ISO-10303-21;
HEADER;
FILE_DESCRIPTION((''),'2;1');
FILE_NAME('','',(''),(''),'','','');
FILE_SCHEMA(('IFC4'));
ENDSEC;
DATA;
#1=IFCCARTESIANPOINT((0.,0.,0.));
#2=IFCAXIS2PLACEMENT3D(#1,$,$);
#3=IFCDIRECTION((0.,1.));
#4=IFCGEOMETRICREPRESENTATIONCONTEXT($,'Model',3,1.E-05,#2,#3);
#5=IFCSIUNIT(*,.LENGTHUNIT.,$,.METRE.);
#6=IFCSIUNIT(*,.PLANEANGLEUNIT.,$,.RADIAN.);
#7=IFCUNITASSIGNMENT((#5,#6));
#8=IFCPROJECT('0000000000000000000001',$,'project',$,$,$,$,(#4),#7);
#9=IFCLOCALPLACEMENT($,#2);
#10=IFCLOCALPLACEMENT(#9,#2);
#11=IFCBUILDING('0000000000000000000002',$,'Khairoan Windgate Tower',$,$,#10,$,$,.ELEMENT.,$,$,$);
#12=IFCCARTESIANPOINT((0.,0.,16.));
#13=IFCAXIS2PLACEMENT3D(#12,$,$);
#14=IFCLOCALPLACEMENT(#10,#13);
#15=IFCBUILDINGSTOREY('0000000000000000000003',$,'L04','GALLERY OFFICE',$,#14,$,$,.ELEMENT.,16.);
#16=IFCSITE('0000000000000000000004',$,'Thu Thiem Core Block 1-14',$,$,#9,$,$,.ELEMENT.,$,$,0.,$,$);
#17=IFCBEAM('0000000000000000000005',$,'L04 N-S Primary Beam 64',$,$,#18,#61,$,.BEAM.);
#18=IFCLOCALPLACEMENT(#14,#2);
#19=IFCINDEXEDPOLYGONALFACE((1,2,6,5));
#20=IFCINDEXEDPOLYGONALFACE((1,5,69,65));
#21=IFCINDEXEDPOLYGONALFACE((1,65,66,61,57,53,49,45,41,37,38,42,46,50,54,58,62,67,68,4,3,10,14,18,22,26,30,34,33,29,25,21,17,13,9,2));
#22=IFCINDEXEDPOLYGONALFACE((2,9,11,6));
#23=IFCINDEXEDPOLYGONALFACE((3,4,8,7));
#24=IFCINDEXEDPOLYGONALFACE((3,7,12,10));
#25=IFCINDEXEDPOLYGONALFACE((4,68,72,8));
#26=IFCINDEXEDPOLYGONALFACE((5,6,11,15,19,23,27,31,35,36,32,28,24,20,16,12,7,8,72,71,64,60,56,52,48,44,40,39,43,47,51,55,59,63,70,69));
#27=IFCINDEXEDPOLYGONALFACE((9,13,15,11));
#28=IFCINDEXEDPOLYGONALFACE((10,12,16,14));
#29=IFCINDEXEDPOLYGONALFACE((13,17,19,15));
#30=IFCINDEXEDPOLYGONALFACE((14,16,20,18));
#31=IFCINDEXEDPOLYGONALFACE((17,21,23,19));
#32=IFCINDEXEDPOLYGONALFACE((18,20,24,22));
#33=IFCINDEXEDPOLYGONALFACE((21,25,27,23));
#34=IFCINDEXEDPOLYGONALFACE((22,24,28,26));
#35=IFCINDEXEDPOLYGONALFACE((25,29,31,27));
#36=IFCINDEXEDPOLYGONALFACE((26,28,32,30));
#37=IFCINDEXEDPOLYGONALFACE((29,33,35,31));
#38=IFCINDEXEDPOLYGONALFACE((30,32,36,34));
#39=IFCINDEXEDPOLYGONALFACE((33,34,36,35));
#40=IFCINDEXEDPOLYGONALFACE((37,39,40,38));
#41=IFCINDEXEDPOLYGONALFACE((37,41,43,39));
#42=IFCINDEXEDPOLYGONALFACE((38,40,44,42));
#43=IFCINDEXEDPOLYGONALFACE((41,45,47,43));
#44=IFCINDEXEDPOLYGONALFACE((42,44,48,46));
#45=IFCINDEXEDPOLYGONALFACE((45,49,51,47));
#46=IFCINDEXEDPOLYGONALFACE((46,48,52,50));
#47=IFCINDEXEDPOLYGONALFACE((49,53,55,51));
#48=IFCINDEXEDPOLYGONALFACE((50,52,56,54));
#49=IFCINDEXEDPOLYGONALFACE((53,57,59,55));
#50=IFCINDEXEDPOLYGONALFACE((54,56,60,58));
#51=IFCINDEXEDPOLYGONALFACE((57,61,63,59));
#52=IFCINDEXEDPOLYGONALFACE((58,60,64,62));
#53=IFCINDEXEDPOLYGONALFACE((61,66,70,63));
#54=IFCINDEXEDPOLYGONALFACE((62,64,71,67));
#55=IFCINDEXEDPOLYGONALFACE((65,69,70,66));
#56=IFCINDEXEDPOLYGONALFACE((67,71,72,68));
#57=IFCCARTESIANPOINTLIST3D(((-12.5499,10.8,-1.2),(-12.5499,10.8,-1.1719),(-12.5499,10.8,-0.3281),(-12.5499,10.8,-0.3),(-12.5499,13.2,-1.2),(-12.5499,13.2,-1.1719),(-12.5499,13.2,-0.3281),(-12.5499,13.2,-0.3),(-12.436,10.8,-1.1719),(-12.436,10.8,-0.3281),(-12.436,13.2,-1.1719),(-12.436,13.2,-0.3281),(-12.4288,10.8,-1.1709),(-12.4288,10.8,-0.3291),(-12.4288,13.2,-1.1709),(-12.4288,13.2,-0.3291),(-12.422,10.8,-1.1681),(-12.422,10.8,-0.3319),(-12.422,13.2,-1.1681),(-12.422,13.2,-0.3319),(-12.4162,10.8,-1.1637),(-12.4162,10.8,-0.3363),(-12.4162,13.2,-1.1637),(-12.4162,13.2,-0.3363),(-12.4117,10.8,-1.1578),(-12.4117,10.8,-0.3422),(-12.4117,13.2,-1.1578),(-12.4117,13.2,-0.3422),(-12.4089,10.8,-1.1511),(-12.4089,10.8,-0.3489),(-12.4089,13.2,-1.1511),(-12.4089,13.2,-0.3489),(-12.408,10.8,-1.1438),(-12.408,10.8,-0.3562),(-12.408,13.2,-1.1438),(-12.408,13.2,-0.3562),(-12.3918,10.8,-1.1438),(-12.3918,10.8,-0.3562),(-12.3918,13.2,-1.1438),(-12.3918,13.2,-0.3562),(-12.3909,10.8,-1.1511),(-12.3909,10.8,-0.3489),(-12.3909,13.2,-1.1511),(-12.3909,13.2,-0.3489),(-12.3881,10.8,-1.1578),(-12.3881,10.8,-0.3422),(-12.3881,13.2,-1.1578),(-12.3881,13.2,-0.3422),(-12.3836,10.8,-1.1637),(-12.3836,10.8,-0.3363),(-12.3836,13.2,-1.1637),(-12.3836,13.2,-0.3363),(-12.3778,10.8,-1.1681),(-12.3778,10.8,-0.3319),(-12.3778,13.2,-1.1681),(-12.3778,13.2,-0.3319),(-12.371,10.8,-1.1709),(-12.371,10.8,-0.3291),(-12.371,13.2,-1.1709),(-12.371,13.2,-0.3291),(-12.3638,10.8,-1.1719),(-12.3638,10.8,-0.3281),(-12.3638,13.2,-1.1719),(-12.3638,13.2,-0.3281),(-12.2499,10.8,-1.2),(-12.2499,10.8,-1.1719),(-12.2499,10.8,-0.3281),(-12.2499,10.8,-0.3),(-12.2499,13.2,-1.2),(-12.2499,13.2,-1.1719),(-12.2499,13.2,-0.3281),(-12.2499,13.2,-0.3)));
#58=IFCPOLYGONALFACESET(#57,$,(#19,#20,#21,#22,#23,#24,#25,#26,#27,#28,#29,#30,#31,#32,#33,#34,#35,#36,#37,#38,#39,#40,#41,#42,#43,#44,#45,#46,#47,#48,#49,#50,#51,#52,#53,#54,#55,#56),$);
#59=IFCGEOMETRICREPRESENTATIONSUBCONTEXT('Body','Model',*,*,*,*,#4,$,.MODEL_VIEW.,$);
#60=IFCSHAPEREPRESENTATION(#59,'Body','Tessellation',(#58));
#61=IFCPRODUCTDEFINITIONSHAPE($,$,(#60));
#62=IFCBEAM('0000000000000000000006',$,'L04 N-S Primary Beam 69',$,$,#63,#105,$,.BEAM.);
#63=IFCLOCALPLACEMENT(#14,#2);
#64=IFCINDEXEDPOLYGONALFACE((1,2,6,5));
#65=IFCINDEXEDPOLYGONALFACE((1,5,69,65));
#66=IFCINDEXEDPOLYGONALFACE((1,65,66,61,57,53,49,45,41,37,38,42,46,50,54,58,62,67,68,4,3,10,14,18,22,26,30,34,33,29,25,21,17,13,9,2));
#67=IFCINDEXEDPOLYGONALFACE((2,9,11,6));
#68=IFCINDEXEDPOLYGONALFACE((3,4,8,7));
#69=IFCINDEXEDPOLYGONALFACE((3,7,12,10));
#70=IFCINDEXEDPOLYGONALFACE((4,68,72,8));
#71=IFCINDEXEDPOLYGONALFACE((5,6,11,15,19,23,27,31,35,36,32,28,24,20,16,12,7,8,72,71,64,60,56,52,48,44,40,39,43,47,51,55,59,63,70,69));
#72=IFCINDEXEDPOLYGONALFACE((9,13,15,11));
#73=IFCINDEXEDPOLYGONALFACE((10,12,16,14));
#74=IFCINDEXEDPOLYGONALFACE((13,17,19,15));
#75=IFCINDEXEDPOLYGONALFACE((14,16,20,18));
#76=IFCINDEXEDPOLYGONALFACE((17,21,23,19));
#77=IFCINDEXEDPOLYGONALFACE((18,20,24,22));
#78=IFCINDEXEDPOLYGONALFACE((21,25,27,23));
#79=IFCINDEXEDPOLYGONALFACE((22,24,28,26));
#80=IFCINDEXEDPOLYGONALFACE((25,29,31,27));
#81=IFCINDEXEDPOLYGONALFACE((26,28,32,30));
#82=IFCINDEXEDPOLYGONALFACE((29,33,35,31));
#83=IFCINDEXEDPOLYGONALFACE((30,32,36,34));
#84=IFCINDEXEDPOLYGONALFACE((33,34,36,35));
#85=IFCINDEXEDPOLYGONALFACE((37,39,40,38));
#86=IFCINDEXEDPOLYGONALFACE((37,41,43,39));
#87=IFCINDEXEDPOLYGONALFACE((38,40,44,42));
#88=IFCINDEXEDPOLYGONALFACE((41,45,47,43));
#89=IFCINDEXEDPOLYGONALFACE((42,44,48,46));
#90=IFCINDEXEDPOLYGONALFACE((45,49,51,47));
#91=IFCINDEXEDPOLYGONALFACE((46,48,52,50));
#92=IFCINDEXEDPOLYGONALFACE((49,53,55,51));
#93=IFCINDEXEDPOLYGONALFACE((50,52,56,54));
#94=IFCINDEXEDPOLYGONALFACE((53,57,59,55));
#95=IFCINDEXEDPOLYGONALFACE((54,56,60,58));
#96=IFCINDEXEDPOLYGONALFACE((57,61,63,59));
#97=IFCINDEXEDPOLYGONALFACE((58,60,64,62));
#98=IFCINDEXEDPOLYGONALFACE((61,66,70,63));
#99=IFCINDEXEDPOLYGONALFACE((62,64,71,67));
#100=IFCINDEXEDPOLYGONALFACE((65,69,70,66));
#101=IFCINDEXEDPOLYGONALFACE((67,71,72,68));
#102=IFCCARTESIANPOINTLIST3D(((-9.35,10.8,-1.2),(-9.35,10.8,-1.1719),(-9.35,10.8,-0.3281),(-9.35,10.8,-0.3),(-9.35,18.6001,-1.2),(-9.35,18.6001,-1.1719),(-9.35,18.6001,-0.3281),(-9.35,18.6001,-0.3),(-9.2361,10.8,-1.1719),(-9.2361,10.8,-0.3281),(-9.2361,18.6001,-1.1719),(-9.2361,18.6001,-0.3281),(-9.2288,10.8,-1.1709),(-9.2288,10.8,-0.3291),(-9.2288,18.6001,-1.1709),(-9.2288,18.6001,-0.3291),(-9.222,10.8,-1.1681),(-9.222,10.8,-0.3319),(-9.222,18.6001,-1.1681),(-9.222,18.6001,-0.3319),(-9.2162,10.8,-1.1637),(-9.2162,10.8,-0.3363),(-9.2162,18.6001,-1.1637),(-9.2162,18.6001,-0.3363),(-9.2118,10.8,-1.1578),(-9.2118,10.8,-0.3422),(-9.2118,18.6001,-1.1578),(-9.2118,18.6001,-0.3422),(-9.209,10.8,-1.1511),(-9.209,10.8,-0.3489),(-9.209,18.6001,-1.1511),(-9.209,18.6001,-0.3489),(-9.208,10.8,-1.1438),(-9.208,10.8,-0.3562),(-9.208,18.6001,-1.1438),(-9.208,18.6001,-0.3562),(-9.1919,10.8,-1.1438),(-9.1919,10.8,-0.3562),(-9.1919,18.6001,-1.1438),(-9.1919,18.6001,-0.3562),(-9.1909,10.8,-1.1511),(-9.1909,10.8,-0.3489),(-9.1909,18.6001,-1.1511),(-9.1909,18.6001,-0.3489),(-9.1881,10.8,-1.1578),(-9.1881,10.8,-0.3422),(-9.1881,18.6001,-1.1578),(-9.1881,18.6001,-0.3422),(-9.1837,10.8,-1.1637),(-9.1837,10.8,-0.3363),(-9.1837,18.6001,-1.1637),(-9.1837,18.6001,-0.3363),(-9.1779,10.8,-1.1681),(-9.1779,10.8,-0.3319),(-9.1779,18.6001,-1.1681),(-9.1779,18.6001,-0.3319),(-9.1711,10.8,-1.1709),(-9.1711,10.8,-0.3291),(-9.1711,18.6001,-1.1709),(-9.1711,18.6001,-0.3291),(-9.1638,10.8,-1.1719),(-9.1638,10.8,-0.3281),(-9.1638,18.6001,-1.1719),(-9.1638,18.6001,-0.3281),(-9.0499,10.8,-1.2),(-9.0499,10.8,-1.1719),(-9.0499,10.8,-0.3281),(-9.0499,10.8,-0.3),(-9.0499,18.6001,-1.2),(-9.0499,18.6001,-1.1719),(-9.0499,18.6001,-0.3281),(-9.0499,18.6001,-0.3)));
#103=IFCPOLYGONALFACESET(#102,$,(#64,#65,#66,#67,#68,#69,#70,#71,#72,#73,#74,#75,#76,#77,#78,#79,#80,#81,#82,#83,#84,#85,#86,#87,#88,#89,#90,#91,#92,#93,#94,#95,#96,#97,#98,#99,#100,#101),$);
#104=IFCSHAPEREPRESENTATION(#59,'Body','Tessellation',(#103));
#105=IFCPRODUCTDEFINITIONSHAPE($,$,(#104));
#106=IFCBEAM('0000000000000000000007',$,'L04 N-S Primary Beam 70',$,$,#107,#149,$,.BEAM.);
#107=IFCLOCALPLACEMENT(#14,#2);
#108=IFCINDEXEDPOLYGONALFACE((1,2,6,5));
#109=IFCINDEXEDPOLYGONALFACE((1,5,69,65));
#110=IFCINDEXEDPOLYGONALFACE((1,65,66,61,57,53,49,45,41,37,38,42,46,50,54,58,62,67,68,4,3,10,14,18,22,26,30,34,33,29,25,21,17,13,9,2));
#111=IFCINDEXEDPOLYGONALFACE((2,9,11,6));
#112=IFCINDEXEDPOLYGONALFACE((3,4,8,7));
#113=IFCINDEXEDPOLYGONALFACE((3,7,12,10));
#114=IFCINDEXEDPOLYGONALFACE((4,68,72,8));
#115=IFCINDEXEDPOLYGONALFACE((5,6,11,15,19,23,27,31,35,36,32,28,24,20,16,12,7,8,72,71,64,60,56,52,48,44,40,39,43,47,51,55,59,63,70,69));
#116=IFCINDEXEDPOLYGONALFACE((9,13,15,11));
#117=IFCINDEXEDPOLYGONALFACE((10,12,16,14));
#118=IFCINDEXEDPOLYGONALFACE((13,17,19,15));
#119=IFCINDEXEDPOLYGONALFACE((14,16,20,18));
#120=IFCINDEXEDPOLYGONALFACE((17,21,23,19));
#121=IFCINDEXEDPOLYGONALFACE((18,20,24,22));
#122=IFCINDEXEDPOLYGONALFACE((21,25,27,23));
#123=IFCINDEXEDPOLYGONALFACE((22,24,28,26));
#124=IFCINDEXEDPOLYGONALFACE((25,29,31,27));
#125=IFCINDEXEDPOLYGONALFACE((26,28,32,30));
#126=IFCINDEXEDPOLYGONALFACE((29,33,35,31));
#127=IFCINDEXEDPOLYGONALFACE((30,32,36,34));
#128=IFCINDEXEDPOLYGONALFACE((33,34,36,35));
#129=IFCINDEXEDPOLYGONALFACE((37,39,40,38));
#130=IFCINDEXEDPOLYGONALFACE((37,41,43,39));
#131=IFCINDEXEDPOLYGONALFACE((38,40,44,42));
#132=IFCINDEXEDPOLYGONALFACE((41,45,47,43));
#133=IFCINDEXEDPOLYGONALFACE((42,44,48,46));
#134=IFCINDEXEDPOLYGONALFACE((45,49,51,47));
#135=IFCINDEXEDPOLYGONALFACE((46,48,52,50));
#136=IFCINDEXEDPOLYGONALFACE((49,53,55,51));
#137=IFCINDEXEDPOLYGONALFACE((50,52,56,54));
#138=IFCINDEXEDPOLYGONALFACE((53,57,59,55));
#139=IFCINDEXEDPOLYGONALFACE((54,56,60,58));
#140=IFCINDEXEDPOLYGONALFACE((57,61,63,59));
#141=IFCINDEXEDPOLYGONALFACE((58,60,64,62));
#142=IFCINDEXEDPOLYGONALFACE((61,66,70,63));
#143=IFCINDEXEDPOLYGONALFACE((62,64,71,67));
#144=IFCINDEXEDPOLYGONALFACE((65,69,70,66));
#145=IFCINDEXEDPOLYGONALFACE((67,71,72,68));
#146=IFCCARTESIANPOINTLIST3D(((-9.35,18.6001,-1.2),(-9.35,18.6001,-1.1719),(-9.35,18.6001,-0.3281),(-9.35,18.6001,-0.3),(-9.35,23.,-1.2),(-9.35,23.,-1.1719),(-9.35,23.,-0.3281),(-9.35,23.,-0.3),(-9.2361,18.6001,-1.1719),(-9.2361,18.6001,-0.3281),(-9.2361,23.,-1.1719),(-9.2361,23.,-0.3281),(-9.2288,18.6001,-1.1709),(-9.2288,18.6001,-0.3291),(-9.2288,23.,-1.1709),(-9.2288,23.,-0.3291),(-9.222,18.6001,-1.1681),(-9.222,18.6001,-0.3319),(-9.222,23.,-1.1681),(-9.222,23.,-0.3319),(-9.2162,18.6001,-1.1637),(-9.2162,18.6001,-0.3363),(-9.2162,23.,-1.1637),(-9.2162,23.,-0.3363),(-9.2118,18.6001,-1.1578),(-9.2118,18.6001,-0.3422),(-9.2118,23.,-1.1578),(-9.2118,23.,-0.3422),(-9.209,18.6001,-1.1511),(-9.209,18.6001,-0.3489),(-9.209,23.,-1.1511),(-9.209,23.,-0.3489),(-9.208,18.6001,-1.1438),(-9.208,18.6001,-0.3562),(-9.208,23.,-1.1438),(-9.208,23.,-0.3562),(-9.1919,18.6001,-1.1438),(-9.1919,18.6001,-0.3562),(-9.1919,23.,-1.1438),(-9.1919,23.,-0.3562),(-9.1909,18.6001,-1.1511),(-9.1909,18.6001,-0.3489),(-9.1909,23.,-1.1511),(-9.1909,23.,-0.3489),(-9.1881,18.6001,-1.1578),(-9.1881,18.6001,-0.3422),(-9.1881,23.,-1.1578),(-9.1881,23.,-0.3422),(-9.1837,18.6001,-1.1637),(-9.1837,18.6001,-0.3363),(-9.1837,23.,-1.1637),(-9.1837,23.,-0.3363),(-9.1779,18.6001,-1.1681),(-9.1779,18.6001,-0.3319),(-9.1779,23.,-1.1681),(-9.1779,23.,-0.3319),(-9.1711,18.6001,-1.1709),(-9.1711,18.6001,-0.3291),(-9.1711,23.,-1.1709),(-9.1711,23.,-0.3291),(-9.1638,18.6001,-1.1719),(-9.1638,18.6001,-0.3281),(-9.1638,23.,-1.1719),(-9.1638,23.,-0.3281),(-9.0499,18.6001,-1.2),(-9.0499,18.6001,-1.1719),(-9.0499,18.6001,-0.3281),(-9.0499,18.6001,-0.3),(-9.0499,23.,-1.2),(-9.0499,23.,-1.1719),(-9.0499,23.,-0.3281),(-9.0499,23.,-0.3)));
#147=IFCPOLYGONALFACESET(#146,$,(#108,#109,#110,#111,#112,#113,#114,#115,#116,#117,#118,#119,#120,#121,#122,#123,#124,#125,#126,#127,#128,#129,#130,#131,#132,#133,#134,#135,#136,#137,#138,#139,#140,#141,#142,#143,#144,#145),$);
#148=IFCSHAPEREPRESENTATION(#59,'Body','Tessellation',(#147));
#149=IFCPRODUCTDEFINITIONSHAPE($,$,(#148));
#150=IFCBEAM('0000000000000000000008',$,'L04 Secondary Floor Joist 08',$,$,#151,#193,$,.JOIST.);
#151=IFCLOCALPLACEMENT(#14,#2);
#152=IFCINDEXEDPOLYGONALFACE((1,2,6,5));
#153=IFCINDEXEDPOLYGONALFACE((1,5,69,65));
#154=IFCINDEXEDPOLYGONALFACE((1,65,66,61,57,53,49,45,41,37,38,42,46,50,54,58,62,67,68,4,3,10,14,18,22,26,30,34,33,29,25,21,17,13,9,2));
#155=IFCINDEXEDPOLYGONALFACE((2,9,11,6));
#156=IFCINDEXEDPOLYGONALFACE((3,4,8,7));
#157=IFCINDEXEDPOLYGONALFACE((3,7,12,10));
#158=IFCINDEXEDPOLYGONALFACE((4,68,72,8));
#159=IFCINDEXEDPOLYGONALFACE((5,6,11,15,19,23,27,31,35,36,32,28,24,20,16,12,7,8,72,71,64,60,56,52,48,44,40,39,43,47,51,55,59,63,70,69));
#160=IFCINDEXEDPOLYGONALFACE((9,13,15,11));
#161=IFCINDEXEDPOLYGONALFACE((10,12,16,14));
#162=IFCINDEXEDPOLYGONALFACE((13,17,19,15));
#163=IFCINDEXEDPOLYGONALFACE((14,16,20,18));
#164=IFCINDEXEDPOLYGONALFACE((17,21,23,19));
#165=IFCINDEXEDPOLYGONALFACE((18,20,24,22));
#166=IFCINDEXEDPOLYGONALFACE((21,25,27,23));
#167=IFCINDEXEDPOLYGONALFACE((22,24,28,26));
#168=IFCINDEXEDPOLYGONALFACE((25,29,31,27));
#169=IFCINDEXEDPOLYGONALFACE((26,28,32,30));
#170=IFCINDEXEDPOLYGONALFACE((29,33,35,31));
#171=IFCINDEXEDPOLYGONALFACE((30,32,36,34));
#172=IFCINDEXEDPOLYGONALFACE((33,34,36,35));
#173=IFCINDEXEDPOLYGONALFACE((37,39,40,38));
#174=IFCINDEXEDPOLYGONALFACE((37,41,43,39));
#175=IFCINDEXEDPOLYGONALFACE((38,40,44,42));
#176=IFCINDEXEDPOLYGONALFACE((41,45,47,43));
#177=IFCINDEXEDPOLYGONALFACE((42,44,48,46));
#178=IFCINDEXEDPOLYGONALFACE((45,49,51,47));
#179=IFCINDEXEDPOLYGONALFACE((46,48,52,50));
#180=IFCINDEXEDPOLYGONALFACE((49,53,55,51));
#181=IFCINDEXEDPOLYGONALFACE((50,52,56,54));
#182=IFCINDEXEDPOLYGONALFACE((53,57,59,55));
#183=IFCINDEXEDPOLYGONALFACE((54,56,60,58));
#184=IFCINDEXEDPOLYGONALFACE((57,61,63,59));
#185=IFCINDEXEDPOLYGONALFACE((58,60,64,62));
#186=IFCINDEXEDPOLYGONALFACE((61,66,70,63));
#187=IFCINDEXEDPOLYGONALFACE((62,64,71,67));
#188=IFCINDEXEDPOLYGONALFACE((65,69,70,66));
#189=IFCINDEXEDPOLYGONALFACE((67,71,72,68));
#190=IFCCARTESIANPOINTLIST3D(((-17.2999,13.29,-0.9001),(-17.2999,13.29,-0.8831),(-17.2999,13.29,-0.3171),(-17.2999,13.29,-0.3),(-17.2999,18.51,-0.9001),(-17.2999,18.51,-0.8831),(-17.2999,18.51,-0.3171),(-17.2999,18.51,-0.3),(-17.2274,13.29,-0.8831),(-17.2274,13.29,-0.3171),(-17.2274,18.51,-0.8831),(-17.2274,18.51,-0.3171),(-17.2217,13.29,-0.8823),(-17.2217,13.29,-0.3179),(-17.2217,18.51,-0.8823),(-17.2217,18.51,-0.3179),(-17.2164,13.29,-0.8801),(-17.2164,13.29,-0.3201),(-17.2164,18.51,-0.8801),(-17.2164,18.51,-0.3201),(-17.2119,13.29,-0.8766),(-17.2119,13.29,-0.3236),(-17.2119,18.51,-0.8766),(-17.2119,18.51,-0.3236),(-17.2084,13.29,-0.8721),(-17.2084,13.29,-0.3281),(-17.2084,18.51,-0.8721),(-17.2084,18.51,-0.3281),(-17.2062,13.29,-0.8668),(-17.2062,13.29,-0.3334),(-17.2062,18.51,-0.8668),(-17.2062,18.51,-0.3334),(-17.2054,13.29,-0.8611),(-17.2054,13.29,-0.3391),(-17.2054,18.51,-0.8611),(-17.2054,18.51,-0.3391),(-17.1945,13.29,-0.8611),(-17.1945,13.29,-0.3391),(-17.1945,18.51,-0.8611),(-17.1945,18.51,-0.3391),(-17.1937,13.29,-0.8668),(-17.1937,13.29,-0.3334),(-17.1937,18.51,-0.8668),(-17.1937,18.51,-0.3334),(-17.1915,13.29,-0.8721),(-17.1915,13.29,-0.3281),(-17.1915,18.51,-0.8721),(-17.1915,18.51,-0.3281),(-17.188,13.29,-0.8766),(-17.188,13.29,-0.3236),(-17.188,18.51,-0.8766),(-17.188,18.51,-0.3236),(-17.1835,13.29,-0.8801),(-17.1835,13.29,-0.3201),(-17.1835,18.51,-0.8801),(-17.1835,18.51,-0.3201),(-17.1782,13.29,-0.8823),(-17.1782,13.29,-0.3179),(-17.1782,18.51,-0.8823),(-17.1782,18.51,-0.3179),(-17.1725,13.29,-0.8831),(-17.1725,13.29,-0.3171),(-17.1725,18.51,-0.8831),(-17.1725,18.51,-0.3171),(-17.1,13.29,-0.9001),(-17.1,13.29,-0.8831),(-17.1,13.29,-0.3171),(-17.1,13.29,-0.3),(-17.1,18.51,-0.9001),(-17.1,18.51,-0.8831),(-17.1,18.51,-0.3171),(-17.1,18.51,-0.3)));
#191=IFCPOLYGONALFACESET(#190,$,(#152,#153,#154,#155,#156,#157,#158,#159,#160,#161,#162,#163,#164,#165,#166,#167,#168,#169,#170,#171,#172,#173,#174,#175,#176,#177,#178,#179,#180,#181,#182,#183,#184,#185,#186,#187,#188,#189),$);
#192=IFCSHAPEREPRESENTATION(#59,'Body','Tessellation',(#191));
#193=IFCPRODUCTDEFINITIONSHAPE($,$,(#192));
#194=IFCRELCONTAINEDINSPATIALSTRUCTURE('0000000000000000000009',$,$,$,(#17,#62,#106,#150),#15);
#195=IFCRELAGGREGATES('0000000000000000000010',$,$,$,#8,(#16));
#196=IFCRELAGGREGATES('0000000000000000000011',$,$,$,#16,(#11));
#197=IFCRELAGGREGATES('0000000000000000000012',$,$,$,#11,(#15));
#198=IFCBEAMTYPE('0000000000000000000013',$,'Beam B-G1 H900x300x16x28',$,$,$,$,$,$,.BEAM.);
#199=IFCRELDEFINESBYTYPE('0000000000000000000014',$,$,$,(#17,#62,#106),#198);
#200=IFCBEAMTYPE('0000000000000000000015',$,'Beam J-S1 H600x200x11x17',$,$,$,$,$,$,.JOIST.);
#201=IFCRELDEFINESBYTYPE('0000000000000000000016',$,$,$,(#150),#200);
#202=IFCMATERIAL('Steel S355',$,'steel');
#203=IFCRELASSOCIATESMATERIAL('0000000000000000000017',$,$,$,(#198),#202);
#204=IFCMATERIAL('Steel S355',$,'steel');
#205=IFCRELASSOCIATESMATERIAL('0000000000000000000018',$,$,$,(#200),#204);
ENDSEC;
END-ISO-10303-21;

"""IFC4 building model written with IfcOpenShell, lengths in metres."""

from ifc_helpers import new_model, si_unit, direction, frame, origin, origin_2d, place, context, subcontext, project, spatial, i_section, extrude, material, material_profile, profile_set, type_object, element, save


model = new_model("IFC4")

# Units and contexts
model_context = context("Model", 3, precision=1e-05, world=origin(), true_north=direction((0.0, 1.0)))
body_context = subcontext(model_context, "Body", "Model", "MODEL_VIEW")
ifc_project = project(units=[si_unit("LENGTHUNIT", "METRE"), si_unit("PLANEANGLEUNIT", "RADIAN")], contexts=[model_context])

# Site, building, storey
site_placement = place(None, origin())
site = spatial("IfcSite", under=ifc_project, at=site_placement, Name="Thu Thiem Core Block 1-14", CompositionType="ELEMENT", RefElevation=0.0)
building_placement = place(site_placement, origin())
building = spatial("IfcBuilding", under=site, at=building_placement, Name="Khairoan Windgate Tower", CompositionType="ELEMENT")
storey_placement = place(building_placement, frame((0.0, 0.0, 16.0)))
storey = spatial("IfcBuildingStorey", under=building, at=storey_placement, Name="L04", Description="GALLERY OFFICE", CompositionType="ELEMENT", Elevation=16.0)

# Beams
ifc_material_1 = material(Name="Steel S355", Category="steel")
ifc_material_profile_1 = material_profile(ifc_material_1, i_section(OverallWidth=0.3, OverallDepth=0.8999, WebThickness=0.0161, FlangeThickness=0.0281, FilletRadius=0.0281, at=origin_2d()))
ifc_profile_set_1 = profile_set([ifc_material_profile_1], Name="Steel S355")
beam_type_1 = type_object("IfcBeamType", Name="Beam B-G1 H900x300x16x28", PredefinedType="BEAM", material=ifc_profile_set_1)
beam_1_placement = place(storey_placement, frame((-12.3999, 10.8, -0.75), z_axis=(0.0, 1.0, 0.0), x_axis=(-1.0, 0.0, 0.0)))
element("IfcBeam", 1, at=beam_1_placement, inside=storey, type_object=beam_type_1, Name="L04 N-S Primary Beam 64", PredefinedType="BEAM", context=body_context, shape_type="SweptSolid", body=[
    extrude(i_section(OverallWidth=0.3, OverallDepth=0.8999, WebThickness=0.0161, FlangeThickness=0.0281, FilletRadius=0.0281, at=origin_2d()), origin(), (0.0, 0.0, 1.0), 2.3999),
])
beam_2_placement = place(storey_placement, frame((-9.2, 10.8, -0.75), z_axis=(0.0, 1.0, 0.0), x_axis=(-1.0, 0.0, 0.0)))
element("IfcBeam", 2, at=beam_2_placement, inside=storey, type_object=beam_type_1, Name="L04 N-S Primary Beam 69", PredefinedType="BEAM", context=body_context, shape_type="SweptSolid", body=[
    extrude(i_section(OverallWidth=0.3, OverallDepth=0.8999, WebThickness=0.0161, FlangeThickness=0.0281, FilletRadius=0.0281, at=origin_2d()), origin(), (0.0, 0.0, 1.0), 7.8),
])
beam_3_placement = place(storey_placement, frame((-9.2, 18.6001, -0.75), z_axis=(0.0, 1.0, 0.0), x_axis=(-1.0, 0.0, 0.0)))
element("IfcBeam", 3, at=beam_3_placement, inside=storey, type_object=beam_type_1, Name="L04 N-S Primary Beam 70", PredefinedType="BEAM", context=body_context, shape_type="SweptSolid", body=[
    extrude(i_section(OverallWidth=0.3, OverallDepth=0.8999, WebThickness=0.0161, FlangeThickness=0.0281, FilletRadius=0.0281, at=origin_2d()), origin(), (0.0, 0.0, 1.0), 4.3999),
])
ifc_material_2 = material(Name="Steel S355", Category="steel")
ifc_material_profile_2 = material_profile(ifc_material_2, i_section(OverallWidth=0.2, OverallDepth=0.6001, WebThickness=0.011, FlangeThickness=0.0171, FilletRadius=0.022, at=origin_2d()))
ifc_profile_set_2 = profile_set([ifc_material_profile_2], Name="Steel S355")
beam_type_2 = type_object("IfcBeamType", Name="Beam J-S1 H600x200x11x17", PredefinedType="JOIST", material=ifc_profile_set_2)
beam_4_placement = place(storey_placement, frame((-17.2, 13.29, -0.6001), z_axis=(0.0, 1.0, 0.0), x_axis=(-1.0, 0.0, 0.0)))
element("IfcBeam", 4, at=beam_4_placement, inside=storey, type_object=beam_type_2, Name="L04 Secondary Floor Joist 08", PredefinedType="JOIST", context=body_context, shape_type="SweptSolid", body=[
    extrude(i_section(OverallWidth=0.2, OverallDepth=0.6001, WebThickness=0.011, FlangeThickness=0.0171, FilletRadius=0.022, at=origin_2d()), origin(), (0.0, 0.0, 1.0), 5.22),
])

save(model, "model.ifc")
